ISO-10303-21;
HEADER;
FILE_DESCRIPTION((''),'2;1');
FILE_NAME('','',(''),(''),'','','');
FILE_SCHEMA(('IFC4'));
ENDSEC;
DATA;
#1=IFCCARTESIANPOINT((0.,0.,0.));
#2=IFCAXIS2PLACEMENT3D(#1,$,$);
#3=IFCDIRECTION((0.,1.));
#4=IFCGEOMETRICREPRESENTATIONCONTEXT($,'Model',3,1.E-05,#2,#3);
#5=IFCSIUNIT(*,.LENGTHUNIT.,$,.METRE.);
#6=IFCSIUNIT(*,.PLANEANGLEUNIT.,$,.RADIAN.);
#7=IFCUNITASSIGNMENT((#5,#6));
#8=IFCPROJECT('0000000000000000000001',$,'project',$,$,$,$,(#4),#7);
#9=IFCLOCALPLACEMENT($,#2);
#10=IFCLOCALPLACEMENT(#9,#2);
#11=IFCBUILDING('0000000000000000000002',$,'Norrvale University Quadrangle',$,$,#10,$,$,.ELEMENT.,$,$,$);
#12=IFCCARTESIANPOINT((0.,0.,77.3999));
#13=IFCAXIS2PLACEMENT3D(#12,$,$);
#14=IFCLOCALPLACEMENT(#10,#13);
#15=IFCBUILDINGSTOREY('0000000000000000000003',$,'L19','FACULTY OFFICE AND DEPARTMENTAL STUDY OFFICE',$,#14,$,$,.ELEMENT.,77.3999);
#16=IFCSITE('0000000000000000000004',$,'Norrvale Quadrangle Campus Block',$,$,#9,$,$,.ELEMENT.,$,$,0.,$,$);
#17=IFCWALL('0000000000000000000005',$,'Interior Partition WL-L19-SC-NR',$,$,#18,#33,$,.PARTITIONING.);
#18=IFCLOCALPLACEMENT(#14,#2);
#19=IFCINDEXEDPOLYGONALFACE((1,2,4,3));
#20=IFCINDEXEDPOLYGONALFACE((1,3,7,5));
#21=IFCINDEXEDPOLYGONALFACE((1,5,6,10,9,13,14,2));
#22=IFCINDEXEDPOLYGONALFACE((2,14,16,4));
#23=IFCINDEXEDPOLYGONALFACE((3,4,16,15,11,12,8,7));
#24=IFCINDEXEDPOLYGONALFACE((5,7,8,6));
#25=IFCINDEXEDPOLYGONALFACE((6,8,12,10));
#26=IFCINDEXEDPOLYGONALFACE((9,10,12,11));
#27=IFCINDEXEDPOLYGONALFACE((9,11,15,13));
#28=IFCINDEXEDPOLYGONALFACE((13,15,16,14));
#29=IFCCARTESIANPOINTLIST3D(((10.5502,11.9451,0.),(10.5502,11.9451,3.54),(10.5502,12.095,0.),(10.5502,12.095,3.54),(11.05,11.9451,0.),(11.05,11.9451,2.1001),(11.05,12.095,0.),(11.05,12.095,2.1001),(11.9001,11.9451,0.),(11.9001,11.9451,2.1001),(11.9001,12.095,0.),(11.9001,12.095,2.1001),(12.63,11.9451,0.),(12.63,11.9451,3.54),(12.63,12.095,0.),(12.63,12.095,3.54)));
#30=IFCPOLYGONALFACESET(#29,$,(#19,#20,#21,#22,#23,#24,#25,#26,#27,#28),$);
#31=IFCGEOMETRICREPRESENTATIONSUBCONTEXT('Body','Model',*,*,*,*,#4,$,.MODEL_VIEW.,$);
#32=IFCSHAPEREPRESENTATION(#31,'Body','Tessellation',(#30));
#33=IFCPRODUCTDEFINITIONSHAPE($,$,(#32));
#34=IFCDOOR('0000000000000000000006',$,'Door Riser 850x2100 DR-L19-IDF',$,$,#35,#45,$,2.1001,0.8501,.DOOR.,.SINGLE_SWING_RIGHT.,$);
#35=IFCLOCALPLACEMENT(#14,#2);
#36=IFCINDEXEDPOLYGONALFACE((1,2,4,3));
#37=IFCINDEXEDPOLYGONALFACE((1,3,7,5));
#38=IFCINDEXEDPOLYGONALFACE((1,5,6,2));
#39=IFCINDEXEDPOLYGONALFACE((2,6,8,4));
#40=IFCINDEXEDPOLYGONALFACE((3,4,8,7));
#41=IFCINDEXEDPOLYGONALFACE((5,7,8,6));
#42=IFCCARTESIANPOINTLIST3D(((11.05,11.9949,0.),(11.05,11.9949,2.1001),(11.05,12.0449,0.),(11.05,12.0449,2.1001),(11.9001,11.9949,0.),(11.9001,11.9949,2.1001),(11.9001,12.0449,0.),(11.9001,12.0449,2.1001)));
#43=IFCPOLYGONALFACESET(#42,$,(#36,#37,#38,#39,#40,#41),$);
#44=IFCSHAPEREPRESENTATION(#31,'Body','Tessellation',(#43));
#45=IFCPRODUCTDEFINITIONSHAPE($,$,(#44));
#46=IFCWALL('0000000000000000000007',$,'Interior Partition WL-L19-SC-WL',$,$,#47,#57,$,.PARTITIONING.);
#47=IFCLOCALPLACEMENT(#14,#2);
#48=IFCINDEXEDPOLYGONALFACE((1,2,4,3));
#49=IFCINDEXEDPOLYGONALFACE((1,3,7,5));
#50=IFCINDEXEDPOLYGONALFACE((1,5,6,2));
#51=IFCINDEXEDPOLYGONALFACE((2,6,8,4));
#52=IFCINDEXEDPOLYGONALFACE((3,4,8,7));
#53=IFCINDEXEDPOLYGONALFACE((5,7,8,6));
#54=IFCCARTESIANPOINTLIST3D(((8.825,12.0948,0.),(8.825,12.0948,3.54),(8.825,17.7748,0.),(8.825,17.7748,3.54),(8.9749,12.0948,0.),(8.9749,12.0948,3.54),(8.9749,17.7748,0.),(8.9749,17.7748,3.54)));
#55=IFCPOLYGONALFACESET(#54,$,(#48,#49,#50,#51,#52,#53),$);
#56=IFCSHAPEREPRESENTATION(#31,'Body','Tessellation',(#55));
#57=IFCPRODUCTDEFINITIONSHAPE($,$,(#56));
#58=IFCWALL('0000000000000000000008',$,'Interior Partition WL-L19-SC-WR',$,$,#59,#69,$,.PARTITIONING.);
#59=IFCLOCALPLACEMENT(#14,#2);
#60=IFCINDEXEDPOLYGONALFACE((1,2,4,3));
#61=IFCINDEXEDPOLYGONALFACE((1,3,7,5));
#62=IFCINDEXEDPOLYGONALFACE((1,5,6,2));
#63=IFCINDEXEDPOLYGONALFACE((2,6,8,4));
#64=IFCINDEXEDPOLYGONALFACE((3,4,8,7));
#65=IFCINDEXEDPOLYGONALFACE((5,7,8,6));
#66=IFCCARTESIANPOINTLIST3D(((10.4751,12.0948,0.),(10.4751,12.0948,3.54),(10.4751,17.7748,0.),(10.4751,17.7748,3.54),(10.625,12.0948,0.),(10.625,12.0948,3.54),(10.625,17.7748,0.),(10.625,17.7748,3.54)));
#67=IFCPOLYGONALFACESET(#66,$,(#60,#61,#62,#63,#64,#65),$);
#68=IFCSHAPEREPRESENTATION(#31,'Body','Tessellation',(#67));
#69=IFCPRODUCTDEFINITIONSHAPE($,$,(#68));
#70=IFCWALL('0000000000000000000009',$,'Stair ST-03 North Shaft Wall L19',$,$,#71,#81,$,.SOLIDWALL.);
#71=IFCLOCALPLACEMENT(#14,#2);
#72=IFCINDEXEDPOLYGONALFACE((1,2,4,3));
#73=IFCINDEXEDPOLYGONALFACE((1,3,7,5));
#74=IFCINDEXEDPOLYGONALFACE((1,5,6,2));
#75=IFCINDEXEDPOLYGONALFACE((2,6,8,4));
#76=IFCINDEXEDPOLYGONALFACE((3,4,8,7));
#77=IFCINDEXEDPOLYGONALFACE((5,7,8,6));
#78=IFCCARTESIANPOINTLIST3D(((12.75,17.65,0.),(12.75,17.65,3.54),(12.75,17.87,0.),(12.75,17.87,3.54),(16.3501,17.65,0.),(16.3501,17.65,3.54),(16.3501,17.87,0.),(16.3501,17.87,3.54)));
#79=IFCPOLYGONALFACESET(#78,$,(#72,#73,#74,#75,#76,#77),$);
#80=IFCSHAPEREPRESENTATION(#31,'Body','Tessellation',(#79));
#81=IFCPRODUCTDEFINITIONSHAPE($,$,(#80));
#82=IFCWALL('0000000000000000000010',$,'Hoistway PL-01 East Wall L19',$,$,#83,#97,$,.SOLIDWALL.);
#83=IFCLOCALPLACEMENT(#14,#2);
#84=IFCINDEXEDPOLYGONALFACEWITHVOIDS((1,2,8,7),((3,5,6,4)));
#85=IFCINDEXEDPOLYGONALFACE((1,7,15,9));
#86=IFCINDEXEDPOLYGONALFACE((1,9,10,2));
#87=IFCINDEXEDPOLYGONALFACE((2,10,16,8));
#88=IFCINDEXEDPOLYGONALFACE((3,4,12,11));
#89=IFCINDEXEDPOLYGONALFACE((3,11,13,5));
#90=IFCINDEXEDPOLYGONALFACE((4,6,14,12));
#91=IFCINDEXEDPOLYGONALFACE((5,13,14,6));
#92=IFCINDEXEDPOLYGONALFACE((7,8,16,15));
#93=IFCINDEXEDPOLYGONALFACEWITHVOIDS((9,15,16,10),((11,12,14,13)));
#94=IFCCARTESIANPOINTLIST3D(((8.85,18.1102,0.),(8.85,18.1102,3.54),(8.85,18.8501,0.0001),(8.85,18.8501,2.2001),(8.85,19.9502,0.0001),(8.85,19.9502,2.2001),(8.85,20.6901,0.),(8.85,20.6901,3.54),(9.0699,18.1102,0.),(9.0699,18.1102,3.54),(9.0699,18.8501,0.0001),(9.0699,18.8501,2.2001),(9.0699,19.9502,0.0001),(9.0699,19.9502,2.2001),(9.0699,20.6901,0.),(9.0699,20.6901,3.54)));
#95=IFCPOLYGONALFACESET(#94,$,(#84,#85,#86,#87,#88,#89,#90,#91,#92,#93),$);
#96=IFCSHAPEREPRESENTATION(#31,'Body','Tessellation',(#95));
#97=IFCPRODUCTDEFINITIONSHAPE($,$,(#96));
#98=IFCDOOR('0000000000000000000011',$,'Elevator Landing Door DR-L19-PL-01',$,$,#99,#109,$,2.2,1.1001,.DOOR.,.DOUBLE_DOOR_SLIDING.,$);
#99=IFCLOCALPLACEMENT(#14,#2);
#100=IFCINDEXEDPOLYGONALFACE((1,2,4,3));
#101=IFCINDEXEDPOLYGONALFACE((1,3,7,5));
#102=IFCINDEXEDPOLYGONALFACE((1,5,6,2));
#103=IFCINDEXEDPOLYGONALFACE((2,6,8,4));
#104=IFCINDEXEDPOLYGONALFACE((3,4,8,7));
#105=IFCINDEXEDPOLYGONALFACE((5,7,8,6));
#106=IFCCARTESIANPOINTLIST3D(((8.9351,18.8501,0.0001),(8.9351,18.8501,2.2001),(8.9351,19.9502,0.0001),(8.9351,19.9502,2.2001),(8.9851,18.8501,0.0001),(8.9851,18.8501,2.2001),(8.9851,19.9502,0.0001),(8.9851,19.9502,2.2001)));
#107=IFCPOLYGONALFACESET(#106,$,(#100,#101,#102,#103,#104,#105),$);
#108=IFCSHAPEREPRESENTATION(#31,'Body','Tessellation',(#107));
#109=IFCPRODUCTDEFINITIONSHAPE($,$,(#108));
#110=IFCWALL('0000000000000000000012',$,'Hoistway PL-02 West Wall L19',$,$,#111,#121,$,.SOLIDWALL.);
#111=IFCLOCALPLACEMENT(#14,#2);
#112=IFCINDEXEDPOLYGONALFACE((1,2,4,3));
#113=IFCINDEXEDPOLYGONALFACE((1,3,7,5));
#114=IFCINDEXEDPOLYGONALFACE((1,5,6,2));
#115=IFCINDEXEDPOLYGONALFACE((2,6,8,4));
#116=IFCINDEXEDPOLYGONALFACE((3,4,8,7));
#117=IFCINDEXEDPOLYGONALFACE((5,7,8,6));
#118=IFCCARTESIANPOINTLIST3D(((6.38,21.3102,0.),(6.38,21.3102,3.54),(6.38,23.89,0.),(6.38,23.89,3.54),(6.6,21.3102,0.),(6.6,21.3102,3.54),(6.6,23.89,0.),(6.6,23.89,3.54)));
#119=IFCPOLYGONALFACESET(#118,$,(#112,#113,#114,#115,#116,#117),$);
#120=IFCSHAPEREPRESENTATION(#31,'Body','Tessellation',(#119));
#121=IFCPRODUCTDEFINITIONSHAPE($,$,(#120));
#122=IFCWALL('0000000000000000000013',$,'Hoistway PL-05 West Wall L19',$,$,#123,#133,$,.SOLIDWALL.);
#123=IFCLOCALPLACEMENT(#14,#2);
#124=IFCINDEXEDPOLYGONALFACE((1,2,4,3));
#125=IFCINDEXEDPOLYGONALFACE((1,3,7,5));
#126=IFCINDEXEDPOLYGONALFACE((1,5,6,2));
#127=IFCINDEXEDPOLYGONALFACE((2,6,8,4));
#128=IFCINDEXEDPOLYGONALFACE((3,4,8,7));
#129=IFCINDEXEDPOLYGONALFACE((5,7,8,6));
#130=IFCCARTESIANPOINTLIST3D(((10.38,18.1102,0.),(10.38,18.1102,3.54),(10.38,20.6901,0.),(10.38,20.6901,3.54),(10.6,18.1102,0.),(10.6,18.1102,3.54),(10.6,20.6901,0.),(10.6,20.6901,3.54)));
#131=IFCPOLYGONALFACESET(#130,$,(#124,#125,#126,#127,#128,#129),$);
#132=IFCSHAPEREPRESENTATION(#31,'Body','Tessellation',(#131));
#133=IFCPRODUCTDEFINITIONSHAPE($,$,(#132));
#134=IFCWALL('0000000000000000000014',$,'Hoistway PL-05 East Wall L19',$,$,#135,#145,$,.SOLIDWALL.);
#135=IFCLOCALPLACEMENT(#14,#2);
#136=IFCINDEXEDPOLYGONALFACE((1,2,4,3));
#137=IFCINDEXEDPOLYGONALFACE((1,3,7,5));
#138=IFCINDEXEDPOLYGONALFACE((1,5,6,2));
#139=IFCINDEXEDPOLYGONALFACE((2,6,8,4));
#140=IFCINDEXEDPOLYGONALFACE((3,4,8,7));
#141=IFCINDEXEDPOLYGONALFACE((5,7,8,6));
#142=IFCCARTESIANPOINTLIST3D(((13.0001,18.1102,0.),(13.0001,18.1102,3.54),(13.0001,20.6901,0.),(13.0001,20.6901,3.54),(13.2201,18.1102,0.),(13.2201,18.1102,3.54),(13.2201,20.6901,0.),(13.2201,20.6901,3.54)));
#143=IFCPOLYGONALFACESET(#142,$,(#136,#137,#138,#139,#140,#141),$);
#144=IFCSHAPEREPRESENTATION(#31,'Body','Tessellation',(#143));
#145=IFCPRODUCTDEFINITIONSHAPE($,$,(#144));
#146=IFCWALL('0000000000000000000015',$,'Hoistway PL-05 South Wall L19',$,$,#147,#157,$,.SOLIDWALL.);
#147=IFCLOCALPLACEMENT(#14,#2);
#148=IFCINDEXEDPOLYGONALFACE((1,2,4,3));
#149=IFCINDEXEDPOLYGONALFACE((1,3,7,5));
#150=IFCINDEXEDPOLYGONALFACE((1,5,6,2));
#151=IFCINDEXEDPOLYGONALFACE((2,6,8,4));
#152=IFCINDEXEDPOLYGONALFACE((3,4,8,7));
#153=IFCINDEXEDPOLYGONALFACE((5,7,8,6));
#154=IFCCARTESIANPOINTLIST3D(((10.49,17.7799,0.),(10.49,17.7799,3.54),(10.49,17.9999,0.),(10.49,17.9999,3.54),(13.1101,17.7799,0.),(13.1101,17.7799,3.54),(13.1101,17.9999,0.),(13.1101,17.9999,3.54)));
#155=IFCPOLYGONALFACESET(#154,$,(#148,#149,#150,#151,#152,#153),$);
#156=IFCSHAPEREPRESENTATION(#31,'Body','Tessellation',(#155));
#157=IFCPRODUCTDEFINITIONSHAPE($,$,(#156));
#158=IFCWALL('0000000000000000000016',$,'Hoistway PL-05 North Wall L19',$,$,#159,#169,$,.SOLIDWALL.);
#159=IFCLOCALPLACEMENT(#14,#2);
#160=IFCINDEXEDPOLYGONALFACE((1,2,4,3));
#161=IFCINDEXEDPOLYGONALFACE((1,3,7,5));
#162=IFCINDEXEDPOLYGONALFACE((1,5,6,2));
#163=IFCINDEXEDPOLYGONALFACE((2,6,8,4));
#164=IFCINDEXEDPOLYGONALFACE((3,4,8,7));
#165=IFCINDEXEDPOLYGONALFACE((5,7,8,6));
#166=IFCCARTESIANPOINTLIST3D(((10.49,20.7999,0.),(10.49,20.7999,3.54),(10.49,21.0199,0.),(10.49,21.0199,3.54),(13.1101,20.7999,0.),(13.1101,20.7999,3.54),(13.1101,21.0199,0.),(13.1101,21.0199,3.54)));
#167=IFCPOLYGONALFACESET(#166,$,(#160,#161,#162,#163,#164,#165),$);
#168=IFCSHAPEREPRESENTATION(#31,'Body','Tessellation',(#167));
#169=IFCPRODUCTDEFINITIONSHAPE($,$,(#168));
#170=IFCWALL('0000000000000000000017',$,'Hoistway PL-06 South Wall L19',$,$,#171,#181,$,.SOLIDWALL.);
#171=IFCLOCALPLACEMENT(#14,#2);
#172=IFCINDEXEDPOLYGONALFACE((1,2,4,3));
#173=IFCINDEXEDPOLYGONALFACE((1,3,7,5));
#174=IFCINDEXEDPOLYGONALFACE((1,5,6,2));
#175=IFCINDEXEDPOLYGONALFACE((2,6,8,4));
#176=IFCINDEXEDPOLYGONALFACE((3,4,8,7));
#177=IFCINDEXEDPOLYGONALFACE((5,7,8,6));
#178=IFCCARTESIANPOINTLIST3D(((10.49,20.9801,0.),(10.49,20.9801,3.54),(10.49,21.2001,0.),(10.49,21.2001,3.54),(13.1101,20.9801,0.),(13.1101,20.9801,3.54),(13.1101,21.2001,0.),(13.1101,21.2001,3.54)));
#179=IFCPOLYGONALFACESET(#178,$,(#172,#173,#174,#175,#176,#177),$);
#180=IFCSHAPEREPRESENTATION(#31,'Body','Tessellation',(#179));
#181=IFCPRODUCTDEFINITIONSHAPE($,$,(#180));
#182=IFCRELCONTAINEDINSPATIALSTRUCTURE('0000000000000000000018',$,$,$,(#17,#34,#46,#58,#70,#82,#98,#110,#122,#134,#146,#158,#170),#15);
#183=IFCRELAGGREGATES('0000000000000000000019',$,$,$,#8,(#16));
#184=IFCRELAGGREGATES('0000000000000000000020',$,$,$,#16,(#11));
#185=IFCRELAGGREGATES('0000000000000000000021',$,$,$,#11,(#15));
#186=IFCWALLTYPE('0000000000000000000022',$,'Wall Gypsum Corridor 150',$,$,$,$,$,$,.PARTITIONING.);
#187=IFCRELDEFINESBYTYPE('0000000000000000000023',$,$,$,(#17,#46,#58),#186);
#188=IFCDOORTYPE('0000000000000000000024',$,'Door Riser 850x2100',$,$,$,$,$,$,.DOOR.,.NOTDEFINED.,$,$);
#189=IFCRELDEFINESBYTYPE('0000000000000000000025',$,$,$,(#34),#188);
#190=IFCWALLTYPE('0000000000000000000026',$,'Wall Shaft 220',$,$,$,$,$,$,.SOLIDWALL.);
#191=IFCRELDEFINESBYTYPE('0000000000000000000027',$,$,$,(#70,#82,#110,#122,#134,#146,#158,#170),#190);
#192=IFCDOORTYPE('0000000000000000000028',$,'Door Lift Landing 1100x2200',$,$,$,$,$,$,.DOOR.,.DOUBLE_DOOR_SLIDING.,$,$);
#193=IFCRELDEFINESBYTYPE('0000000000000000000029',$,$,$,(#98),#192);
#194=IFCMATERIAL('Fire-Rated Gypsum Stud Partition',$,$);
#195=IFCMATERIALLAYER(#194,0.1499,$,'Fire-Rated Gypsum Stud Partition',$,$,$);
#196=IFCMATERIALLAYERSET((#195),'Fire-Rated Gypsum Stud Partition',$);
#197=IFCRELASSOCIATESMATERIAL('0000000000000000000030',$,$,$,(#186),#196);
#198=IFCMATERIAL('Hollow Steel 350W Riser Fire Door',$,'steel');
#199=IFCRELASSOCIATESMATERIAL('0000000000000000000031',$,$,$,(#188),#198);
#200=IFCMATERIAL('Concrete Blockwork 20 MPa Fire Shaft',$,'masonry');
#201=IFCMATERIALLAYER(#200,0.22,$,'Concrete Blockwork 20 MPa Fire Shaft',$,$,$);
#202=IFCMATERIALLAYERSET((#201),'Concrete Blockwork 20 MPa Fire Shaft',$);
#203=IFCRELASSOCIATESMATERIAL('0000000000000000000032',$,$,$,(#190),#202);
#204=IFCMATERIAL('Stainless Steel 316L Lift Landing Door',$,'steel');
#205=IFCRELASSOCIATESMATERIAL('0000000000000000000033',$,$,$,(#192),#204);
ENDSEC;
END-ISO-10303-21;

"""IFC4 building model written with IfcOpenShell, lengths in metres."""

from ifc_helpers import new_model, si_unit, direction, frame, frame_2d, origin, place, context, subcontext, project, spatial, rectangle, extrude, material, layer, layer_set, type_object, element, fill, save


model = new_model("IFC4")

# Units and contexts
model_context = context("Model", 3, precision=1e-05, world=origin(), true_north=direction((0.0, 1.0)))
body_context = subcontext(model_context, "Body", "Model", "MODEL_VIEW")
ifc_project = project(units=[si_unit("LENGTHUNIT", "METRE"), si_unit("PLANEANGLEUNIT", "RADIAN")], contexts=[model_context])

# Site, building, storey
site_placement = place(None, origin())
site = spatial("IfcSite", under=ifc_project, at=site_placement, Name="Norrvale Quadrangle Campus Block", CompositionType="ELEMENT", RefElevation=0.0)
building_placement = place(site_placement, origin())
building = spatial("IfcBuilding", under=site, at=building_placement, Name="Norrvale University Quadrangle", CompositionType="ELEMENT")
storey_placement = place(building_placement, frame((0.0, 0.0, 77.3999)))
storey = spatial("IfcBuildingStorey", under=building, at=storey_placement, Name="L19", Description="FACULTY OFFICE AND DEPARTMENTAL STUDY OFFICE", CompositionType="ELEMENT", Elevation=77.3999)

# Wall, opening, door
ifc_material_1 = material(Name="Fire-Rated Gypsum Stud Partition")
ifc_layer_1 = layer(ifc_material_1, 0.1499, Name="Fire-Rated Gypsum Stud Partition")
ifc_layer_set_1 = layer_set([ifc_layer_1], Name="Fire-Rated Gypsum Stud Partition")
wall_type_1 = type_object("IfcWallType", Name="Wall Gypsum Corridor 150", PredefinedType="PARTITIONING", material=ifc_layer_set_1)
wall_1_placement = place(storey_placement, frame((10.55, 12.02, 0.0), z_axis=(0.0, 0.0, 1.0), x_axis=(1.0, 0.0, 0.0)))
wall_1 = element("IfcWall", 1, at=wall_1_placement, inside=storey, type_object=wall_type_1, Name="Interior Partition WL-L19-SC-NR", PredefinedType="PARTITIONING", context=body_context, shape_type="SweptSolid", body=[
    extrude(rectangle(XDim=2.0798, YDim=0.1499, at=frame_2d((1.04, 0.0))), origin(), (0.0, 0.0, 1.0), 3.54),
])
opening_1_placement = place(wall_1_placement, frame((0.5, 0.0, 0.0)))
opening_1 = element("IfcOpeningElement", 2, at=opening_1_placement, cuts=wall_1, PredefinedType="OPENING", context=body_context, shape_type="SweptSolid", body=[
    extrude(rectangle(XDim=0.8501, YDim=2.1001, at=frame_2d((0.425, 1.05))), frame((0.0, 0.0869, 0.0), z_axis=(0.0, -1.0, 0.0), x_axis=(1.0, 0.0, 0.0)), (0.0, 0.0, 1.0), 0.1738),
])
ifc_material_2 = material(Name="Hollow Steel 350W Riser Fire Door", Category="steel")
door_type_1 = type_object("IfcDoorType", Name="Door Riser 850x2100", OperationType="NOTDEFINED", PredefinedType="DOOR", material=ifc_material_2)
door_1_placement = place(opening_1_placement, origin())
door_1 = element("IfcDoor", 3, at=door_1_placement, inside=storey, type_object=door_type_1, Name="Door Riser 850x2100 DR-L19-IDF", OperationType="SINGLE_SWING_RIGHT", OverallHeight=2.1001, OverallWidth=0.8501, PredefinedType="DOOR", context=body_context, shape_type="SweptSolid", body=[
    extrude(rectangle(XDim=0.8501, YDim=2.1001, at=frame_2d((0.425, 1.05))), frame((0.0, 0.0249, 0.0), z_axis=(0.0, -1.0, 0.0), x_axis=(1.0, 0.0, 0.0)), (0.0, 0.0, 1.0), 0.05),
])
fill(opening_1, door_1)

# Walls
for number, where, z_axis, x_axis, name in (
    (4, (8.8999, 12.095, 0.0), (0.0, 0.0, 1.0), (0.0, 1.0, 0.0), "Interior Partition WL-L19-SC-WL"),
    (5, (10.55, 12.095, 0.0), (0.0, 0.0, 1.0), (0.0, 1.0, 0.0), "Interior Partition WL-L19-SC-WR"),
):
    element("IfcWall", number, at=place(storey_placement, frame(where, z_axis=z_axis, x_axis=x_axis)), inside=storey, type_object=wall_type_1, Name=name, PredefinedType="PARTITIONING", context=body_context, shape_type="SweptSolid", body=[
        extrude(rectangle(XDim=5.6799, YDim=0.1499, at=frame_2d((2.8398, 0.0))), origin(), (0.0, 0.0, 1.0), 3.54),
    ])
ifc_material_3 = material(Name="Concrete Blockwork 20 MPa Fire Shaft", Category="masonry")
ifc_layer_2 = layer(ifc_material_3, 0.22, Name="Concrete Blockwork 20 MPa Fire Shaft")
ifc_layer_set_2 = layer_set([ifc_layer_2], Name="Concrete Blockwork 20 MPa Fire Shaft")
wall_type_2 = type_object("IfcWallType", Name="Wall Shaft 220", PredefinedType="SOLIDWALL", material=ifc_layer_set_2)
wall_2_placement = place(storey_placement, frame((12.75, 17.76, 0.0), z_axis=(0.0, 0.0, 1.0), x_axis=(1.0, 0.0, 0.0)))
element("IfcWall", 6, at=wall_2_placement, inside=storey, type_object=wall_type_2, Name="Stair ST-03 North Shaft Wall L19", PredefinedType="SOLIDWALL", context=body_context, shape_type="SweptSolid", body=[
    extrude(rectangle(XDim=3.6001, YDim=0.22, at=frame_2d((1.8, 0.0))), origin(), (0.0, 0.0, 1.0), 3.54),
])

# Wall, opening, door
wall_3_placement = place(storey_placement, frame((8.96, 18.1101, 0.0), z_axis=(0.0, 0.0, 1.0), x_axis=(0.0, 1.0, 0.0)))
wall_3 = element("IfcWall", 7, at=wall_3_placement, inside=storey, type_object=wall_type_2, Name="Hoistway PL-01 East Wall L19", PredefinedType="SOLIDWALL", context=body_context, shape_type="SweptSolid", body=[
    extrude(rectangle(XDim=2.5798, YDim=0.22, at=frame_2d((1.29, 0.0))), origin(), (0.0, 0.0, 1.0), 3.54),
])
opening_2_placement = place(wall_3_placement, frame((0.74, 0.0, 0.0)))
opening_2 = element("IfcOpeningElement", 8, at=opening_2_placement, cuts=wall_3, PredefinedType="OPENING", context=body_context, shape_type="SweptSolid", body=[
    extrude(rectangle(XDim=1.1001, YDim=2.2, at=frame_2d((0.55, 1.1001))), frame((0.0, 0.1221, 0.0), z_axis=(0.0, -1.0, 0.0), x_axis=(1.0, 0.0, 0.0)), (0.0, 0.0, 1.0), 0.2439),
])
ifc_material_4 = material(Name="Stainless Steel 316L Lift Landing Door", Category="steel")
door_type_2 = type_object("IfcDoorType", Name="Door Lift Landing 1100x2200", OperationType="DOUBLE_DOOR_SLIDING", PredefinedType="DOOR", material=ifc_material_4)
door_2_placement = place(opening_2_placement, origin())
door_2 = element("IfcDoor", 9, at=door_2_placement, inside=storey, type_object=door_type_2, Name="Elevator Landing Door DR-L19-PL-01", OperationType="DOUBLE_DOOR_SLIDING", OverallHeight=2.2, OverallWidth=1.1001, PredefinedType="DOOR", context=body_context, shape_type="SweptSolid", body=[
    extrude(rectangle(XDim=1.1001, YDim=2.2, at=frame_2d((0.55, 1.1001))), frame((0.0, 0.0249, 0.0), z_axis=(0.0, -1.0, 0.0), x_axis=(1.0, 0.0, 0.0)), (0.0, 0.0, 1.0), 0.05),
])
fill(opening_2, door_2)

# Walls
for number, where, z_axis, x_axis, name in (
    (10, (6.49, 21.3101, 0.0), (0.0, 0.0, 1.0), (0.0, 1.0, 0.0), "Hoistway PL-02 West Wall L19"),
    (11, (10.49, 18.1101, 0.0), (0.0, 0.0, 1.0), (0.0, 1.0, 0.0), "Hoistway PL-05 West Wall L19"),
    (12, (13.1101, 18.1101, 0.0), (0.0, 0.0, 1.0), (0.0, 1.0, 0.0), "Hoistway PL-05 East Wall L19"),
):
    element("IfcWall", number, at=place(storey_placement, frame(where, z_axis=z_axis, x_axis=x_axis)), inside=storey, type_object=wall_type_2, Name=name, PredefinedType="SOLIDWALL", context=body_context, shape_type="SweptSolid", body=[
        extrude(rectangle(XDim=2.5798, YDim=0.22, at=frame_2d((1.29, 0.0))), origin(), (0.0, 0.0, 1.0), 3.54),
    ])
for number, where, z_axis, x_axis, name in (
    (13, (10.49, 17.8899, 0.0), (0.0, 0.0, 1.0), (1.0, 0.0, 0.0), "Hoistway PL-05 South Wall L19"),
    (14, (10.49, 20.9099, 0.0), (0.0, 0.0, 1.0), (1.0, 0.0, 0.0), "Hoistway PL-05 North Wall L19"),
    (15, (10.49, 21.0901, 0.0), (0.0, 0.0, 1.0), (1.0, 0.0, 0.0), "Hoistway PL-06 South Wall L19"),
):
    element("IfcWall", number, at=place(storey_placement, frame(where, z_axis=z_axis, x_axis=x_axis)), inside=storey, type_object=wall_type_2, Name=name, PredefinedType="SOLIDWALL", context=body_context, shape_type="SweptSolid", body=[
        extrude(rectangle(XDim=2.6201, YDim=0.22, at=frame_2d((1.3101, 0.0))), origin(), (0.0, 0.0, 1.0), 3.54),
    ])

save(model, "model.ifc")
